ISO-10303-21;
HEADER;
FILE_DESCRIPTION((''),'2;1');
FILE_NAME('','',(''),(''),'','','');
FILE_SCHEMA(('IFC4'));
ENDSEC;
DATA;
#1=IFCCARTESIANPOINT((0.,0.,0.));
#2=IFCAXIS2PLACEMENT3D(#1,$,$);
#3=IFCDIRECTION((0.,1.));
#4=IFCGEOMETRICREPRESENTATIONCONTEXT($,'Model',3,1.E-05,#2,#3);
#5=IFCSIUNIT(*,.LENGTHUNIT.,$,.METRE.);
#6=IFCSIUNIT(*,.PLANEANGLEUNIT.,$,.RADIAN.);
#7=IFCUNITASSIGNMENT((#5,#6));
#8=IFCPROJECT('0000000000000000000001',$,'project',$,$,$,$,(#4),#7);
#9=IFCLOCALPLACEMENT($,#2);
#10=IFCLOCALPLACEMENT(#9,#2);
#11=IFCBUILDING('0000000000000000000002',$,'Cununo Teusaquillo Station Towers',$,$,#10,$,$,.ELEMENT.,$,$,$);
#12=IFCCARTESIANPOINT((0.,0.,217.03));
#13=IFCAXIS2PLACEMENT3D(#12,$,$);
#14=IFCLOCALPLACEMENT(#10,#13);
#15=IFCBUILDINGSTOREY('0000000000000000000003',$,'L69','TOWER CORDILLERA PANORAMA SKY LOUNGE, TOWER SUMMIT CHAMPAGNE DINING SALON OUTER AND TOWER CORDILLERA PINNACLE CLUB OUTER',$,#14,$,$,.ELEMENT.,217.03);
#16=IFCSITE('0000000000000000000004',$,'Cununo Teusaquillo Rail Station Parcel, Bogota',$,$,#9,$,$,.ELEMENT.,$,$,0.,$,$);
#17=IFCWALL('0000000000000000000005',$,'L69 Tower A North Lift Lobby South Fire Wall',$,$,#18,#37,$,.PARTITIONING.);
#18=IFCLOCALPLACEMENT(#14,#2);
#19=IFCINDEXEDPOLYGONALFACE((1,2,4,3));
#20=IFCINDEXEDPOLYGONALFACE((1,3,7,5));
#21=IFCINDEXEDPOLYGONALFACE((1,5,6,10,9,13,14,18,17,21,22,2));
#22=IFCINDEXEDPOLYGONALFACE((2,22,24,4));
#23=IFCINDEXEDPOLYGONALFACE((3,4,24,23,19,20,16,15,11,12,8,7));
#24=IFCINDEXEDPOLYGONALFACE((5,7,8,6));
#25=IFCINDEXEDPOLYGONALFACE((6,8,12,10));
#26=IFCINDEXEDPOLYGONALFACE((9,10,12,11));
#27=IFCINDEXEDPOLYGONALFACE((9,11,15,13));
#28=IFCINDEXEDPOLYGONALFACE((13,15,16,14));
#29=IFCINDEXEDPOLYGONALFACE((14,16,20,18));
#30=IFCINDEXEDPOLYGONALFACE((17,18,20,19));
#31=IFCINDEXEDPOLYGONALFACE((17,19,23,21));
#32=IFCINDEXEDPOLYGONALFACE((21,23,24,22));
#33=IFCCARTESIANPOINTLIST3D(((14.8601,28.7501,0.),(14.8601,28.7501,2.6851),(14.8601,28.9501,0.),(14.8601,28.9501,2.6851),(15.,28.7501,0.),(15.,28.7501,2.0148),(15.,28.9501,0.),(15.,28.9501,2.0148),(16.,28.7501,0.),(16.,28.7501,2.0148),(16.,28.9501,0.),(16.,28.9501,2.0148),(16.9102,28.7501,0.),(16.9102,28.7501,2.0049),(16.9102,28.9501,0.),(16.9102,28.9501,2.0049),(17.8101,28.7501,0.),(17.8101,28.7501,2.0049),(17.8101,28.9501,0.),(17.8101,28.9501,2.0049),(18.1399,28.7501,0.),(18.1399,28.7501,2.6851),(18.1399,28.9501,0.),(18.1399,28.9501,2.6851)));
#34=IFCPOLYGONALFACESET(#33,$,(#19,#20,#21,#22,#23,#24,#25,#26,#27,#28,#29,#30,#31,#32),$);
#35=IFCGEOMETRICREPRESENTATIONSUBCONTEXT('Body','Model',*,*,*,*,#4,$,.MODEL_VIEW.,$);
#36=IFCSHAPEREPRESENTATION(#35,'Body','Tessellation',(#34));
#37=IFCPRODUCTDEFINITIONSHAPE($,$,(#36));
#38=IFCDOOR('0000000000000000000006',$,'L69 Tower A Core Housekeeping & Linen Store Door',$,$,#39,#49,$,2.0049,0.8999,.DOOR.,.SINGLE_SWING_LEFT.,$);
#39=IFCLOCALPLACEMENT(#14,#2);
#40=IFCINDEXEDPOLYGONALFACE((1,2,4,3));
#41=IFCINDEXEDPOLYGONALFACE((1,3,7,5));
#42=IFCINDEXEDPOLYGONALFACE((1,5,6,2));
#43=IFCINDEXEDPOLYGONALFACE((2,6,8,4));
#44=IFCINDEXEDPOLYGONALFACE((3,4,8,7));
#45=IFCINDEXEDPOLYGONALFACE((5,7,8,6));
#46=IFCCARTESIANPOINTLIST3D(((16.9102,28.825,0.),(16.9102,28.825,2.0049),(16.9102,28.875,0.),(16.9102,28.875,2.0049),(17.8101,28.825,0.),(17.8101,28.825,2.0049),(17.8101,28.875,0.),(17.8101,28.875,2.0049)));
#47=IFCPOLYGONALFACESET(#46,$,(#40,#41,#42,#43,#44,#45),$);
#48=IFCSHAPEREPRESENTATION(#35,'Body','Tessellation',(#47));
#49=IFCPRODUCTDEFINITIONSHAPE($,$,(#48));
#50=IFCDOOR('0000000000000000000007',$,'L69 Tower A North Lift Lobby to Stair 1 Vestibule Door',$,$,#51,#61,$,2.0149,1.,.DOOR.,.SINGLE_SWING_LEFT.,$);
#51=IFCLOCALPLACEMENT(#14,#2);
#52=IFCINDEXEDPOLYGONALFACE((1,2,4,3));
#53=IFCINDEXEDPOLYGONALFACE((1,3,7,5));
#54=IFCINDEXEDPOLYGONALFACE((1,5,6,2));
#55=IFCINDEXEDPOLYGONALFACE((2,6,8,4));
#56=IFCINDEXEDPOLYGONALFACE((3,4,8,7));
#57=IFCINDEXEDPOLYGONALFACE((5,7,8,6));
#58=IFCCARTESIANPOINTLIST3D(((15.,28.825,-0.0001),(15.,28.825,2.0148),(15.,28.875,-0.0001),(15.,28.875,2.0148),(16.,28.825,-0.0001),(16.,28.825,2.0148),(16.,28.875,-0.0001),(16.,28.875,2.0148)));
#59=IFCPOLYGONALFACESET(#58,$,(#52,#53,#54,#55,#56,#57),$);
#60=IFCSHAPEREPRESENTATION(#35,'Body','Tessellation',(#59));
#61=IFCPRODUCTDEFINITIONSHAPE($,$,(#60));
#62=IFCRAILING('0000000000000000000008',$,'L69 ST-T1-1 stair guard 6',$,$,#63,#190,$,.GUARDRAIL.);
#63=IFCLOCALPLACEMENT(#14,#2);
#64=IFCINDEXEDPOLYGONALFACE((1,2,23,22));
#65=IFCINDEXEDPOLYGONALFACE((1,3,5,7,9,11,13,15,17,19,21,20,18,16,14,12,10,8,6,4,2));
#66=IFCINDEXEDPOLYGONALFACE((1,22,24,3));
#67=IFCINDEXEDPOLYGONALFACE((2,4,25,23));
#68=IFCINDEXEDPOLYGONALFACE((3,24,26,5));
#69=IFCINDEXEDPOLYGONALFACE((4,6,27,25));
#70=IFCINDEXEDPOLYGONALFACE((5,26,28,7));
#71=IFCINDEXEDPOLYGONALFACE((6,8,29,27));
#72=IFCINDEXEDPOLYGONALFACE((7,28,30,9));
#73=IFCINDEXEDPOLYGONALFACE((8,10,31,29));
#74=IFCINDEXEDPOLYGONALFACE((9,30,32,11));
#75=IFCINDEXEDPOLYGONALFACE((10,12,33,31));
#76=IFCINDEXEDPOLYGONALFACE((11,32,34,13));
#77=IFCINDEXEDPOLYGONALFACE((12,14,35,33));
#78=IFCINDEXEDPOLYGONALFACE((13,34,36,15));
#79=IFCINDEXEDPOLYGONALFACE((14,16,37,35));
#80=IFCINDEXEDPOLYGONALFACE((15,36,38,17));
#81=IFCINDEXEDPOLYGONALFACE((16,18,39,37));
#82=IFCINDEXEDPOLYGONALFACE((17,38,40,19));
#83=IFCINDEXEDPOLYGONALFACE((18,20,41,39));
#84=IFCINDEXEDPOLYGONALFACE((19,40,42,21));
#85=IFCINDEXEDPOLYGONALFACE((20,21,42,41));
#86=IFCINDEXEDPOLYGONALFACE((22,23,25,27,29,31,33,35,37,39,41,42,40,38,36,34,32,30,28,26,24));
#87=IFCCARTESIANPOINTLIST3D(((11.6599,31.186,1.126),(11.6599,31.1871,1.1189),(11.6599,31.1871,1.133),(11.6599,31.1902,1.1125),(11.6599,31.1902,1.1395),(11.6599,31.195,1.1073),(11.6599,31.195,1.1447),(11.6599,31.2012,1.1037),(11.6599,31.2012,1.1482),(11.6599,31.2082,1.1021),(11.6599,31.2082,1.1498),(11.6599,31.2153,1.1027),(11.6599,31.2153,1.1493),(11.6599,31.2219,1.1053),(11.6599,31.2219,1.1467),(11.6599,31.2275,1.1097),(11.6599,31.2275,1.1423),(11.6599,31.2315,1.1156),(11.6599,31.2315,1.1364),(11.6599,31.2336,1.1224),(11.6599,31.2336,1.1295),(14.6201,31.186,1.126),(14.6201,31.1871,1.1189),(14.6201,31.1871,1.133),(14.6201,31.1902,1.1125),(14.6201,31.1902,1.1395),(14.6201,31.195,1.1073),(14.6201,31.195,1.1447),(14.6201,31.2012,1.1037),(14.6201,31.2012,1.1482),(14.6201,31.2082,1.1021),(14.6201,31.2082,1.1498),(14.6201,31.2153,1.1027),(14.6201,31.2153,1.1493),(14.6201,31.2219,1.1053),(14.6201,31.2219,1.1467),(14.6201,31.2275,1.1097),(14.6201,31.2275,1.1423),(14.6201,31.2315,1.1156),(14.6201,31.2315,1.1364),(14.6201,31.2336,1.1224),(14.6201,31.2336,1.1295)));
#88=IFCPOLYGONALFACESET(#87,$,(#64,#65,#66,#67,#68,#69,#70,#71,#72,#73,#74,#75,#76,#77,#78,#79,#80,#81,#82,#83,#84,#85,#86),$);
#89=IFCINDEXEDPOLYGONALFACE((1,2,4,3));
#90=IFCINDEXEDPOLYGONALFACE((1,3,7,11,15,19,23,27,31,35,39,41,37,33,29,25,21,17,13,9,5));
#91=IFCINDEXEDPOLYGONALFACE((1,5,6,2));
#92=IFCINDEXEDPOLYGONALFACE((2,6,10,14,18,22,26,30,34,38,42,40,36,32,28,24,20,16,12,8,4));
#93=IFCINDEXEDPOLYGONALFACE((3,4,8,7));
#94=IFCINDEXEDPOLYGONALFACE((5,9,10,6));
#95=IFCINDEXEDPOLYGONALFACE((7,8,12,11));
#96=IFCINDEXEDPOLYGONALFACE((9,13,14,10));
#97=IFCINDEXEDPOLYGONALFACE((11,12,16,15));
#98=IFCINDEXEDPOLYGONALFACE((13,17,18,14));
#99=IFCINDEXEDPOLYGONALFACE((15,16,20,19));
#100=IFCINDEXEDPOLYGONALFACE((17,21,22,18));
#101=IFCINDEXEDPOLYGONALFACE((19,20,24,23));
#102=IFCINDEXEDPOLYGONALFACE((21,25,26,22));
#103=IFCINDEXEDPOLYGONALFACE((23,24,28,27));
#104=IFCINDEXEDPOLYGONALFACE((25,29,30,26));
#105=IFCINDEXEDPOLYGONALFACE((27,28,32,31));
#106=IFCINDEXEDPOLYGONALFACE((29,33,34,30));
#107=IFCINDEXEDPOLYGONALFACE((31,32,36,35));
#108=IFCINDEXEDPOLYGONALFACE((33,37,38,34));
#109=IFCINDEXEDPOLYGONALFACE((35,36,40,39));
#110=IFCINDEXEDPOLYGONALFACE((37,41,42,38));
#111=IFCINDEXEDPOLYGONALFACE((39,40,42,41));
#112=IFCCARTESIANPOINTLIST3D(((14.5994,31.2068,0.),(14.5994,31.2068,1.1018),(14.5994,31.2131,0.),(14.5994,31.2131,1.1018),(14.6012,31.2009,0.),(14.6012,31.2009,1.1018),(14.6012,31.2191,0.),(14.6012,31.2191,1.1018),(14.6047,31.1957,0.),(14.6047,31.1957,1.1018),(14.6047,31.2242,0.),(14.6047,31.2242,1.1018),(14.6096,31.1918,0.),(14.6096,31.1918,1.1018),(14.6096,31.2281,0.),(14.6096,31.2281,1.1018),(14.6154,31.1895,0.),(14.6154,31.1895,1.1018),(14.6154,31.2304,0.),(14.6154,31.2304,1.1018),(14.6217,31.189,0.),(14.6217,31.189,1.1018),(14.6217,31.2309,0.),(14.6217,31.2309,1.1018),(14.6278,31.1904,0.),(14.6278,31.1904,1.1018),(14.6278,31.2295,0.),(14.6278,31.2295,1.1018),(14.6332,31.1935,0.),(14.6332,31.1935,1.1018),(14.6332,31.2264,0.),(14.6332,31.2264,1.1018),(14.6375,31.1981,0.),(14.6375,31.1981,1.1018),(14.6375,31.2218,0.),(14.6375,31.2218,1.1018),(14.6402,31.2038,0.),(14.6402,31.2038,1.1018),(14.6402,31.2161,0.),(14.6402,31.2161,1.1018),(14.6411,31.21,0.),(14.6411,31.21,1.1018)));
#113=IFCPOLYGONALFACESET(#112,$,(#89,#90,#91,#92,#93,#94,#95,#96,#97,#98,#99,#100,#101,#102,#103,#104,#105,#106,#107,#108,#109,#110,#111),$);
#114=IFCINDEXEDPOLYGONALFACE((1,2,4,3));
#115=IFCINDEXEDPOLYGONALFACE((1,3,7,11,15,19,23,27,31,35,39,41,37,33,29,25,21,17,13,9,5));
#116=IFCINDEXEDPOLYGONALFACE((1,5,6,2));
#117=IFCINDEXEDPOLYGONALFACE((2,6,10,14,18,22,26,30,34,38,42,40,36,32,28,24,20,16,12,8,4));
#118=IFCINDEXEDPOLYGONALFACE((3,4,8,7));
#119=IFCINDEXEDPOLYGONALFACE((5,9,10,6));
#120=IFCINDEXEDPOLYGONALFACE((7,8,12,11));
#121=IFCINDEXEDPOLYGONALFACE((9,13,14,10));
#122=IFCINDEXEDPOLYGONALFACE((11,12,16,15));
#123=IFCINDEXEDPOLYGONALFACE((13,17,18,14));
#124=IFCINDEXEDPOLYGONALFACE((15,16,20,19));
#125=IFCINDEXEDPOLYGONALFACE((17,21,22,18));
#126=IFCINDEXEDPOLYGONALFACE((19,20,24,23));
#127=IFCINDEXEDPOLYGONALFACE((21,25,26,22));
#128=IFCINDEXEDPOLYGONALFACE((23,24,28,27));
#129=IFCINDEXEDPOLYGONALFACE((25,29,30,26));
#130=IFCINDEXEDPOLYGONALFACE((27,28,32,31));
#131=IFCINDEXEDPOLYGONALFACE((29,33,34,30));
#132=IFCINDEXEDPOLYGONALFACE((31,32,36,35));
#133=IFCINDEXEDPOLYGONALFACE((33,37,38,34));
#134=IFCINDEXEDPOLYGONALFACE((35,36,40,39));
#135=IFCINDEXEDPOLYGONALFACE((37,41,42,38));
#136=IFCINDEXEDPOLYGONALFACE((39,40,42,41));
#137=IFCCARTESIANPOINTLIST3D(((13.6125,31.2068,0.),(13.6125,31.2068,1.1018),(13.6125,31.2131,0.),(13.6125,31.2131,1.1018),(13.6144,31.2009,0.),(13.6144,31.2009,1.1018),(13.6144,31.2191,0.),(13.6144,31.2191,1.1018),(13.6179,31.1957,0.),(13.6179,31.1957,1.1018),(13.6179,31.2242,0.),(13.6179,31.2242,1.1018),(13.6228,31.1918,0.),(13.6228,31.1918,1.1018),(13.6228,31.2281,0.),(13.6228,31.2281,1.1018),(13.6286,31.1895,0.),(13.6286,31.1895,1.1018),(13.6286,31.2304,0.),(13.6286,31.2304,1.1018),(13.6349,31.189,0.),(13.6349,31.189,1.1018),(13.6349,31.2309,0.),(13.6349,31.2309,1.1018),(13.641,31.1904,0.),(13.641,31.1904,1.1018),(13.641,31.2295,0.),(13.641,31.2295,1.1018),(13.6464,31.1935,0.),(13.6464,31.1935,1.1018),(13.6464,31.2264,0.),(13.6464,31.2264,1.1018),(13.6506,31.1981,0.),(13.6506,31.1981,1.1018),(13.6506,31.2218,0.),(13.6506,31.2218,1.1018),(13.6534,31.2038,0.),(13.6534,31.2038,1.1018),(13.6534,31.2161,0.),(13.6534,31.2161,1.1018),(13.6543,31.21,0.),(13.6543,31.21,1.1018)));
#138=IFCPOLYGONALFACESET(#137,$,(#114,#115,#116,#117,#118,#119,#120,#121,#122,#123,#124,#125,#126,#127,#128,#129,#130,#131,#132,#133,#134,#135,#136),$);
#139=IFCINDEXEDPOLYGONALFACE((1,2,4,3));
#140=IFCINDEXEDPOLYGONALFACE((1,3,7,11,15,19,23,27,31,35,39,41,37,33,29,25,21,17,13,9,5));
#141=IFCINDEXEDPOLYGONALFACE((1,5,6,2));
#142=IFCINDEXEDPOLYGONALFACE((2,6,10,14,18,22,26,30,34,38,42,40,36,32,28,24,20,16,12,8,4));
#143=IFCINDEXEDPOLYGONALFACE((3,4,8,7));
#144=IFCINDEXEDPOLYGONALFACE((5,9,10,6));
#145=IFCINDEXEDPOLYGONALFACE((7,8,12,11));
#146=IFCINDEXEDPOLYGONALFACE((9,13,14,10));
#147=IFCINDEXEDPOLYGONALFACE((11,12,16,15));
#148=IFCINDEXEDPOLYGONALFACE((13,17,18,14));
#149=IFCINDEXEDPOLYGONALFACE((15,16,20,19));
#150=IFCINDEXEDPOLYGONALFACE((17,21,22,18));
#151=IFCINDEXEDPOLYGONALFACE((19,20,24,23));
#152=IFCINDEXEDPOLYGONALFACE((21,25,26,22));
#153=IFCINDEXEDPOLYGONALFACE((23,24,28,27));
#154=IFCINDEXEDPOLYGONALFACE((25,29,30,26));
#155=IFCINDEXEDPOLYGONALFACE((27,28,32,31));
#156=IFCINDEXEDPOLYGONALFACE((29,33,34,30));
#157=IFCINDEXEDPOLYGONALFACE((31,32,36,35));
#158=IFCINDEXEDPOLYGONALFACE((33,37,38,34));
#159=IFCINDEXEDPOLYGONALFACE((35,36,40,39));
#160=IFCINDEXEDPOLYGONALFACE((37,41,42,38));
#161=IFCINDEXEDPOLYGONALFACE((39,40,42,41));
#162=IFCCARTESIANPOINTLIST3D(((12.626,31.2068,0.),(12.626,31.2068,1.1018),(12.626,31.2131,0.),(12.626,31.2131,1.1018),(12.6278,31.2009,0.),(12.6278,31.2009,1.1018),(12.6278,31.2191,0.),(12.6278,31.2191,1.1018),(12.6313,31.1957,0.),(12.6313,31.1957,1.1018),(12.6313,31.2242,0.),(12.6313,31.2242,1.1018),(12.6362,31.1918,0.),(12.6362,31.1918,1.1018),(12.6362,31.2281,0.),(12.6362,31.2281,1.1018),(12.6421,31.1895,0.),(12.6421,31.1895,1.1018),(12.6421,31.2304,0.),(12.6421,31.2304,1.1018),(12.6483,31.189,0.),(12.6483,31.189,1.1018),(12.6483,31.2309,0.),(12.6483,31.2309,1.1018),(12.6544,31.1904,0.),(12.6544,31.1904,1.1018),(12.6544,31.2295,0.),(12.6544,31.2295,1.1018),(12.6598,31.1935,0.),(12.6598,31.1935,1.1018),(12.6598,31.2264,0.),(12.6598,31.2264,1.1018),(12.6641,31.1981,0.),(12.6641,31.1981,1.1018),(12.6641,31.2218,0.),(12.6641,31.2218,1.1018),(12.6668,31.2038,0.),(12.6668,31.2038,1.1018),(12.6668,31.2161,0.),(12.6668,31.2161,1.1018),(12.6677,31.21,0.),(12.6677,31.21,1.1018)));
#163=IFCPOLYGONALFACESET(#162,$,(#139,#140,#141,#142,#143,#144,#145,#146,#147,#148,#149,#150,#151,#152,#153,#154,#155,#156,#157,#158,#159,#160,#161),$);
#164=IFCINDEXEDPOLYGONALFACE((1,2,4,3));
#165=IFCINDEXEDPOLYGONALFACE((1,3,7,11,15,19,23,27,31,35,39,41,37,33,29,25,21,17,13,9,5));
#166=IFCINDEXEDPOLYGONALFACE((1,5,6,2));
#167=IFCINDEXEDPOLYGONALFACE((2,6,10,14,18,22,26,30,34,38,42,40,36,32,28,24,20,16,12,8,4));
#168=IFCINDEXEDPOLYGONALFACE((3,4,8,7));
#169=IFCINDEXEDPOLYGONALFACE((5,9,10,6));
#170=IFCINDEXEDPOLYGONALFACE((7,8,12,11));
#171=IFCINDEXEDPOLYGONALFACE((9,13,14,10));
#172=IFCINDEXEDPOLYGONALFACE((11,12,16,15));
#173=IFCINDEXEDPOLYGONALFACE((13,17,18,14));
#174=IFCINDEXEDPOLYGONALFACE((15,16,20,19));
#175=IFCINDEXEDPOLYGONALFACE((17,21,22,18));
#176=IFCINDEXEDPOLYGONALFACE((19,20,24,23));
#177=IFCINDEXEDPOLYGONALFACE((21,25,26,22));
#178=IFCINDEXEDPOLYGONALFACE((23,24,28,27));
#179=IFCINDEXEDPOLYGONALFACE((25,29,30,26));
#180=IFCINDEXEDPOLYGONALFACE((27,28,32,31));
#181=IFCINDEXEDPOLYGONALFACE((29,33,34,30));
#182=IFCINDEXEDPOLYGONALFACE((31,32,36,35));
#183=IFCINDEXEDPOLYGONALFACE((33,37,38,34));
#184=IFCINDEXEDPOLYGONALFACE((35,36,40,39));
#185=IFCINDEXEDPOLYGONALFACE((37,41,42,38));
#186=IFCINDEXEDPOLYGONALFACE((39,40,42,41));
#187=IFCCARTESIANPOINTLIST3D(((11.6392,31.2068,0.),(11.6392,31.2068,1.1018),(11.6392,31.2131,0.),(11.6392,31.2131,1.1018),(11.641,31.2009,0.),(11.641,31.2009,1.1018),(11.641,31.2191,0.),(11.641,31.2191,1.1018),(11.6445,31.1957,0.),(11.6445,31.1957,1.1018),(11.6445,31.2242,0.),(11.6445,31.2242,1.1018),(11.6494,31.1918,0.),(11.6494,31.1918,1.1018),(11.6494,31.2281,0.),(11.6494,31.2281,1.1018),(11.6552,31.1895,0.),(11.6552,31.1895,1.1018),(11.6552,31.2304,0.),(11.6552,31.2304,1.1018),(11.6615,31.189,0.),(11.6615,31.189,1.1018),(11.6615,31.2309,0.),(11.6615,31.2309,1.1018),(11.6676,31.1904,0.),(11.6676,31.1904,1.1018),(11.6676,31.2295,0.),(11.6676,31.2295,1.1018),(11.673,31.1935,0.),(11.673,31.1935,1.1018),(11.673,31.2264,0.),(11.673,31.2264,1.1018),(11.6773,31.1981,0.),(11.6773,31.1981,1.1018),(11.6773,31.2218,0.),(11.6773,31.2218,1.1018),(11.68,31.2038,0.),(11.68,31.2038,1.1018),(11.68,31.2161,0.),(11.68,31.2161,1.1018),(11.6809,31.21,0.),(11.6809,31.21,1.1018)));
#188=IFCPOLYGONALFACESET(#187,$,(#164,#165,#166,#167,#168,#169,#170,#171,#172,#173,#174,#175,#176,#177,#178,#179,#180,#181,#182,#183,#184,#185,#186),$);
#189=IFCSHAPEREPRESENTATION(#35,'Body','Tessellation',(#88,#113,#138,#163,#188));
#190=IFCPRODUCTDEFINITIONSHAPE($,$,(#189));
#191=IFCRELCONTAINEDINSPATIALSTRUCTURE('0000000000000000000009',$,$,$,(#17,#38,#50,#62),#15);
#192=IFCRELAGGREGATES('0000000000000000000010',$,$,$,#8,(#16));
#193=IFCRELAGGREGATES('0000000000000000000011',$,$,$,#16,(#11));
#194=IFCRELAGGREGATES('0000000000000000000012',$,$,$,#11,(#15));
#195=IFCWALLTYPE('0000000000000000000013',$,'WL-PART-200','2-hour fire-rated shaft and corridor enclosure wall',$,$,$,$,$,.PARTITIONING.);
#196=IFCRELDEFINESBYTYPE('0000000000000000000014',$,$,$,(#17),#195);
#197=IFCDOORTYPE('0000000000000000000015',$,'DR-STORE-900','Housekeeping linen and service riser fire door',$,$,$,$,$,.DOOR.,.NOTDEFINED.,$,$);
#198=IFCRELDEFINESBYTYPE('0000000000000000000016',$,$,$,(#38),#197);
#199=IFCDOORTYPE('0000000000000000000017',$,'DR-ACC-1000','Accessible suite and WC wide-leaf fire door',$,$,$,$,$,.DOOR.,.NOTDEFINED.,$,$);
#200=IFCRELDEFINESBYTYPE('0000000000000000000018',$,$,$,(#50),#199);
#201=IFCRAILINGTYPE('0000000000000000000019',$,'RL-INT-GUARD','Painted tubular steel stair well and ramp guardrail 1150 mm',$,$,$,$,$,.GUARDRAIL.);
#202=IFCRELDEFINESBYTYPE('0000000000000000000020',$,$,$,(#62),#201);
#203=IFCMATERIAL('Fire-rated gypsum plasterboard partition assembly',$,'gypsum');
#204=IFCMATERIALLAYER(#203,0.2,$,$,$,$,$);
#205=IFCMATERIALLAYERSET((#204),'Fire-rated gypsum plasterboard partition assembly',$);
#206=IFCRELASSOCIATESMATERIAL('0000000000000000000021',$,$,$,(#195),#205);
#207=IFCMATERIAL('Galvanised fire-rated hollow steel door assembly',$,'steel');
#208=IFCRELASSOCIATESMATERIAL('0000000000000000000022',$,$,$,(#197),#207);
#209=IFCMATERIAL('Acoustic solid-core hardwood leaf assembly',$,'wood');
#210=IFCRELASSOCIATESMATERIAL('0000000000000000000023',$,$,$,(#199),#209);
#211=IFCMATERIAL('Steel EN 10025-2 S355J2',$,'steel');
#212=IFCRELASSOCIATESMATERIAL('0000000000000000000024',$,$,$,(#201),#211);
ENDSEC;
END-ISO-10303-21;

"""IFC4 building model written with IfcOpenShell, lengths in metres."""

from ifc_helpers import new_model, si_unit, direction, frame, frame_2d, origin, origin_2d, place, context, subcontext, project, spatial, rectangle, circle, extrude, source, transform, mapped, material, layer, layer_set, type_object, element, fill, save


model = new_model("IFC4")

# Units and contexts
model_context = context("Model", 3, precision=1e-05, world=origin(), true_north=direction((0.0, 1.0)))
body_context = subcontext(model_context, "Body", "Model", "MODEL_VIEW")
ifc_project = project(units=[si_unit("LENGTHUNIT", "METRE"), si_unit("PLANEANGLEUNIT", "RADIAN")], contexts=[model_context])

# Site, building, storey
site_placement = place(None, origin())
site = spatial("IfcSite", under=ifc_project, at=site_placement, Name="Cununo Teusaquillo Rail Station Parcel, Bogota", CompositionType="ELEMENT", RefElevation=0.0)
building_placement = place(site_placement, origin())
building = spatial("IfcBuilding", under=site, at=building_placement, Name="Cununo Teusaquillo Station Towers", CompositionType="ELEMENT")
storey_placement = place(building_placement, frame((0.0, 0.0, 217.03)))
storey = spatial("IfcBuildingStorey", under=building, at=storey_placement, Name="L69", Description="TOWER CORDILLERA PANORAMA SKY LOUNGE, TOWER SUMMIT CHAMPAGNE DINING SALON OUTER AND TOWER CORDILLERA PINNACLE CLUB OUTER", CompositionType="ELEMENT", Elevation=217.03)

# Shared definitions
shared_shape_1 = source(origin(), body_context, "Body", "SweptSolid", [
    extrude(rectangle(XDim=0.8999, YDim=2.0049, at=frame_2d((0.45, 1.0024))), frame((0.0, 0.0249, 0.0), z_axis=(0.0, -1.0, 0.0), x_axis=(1.0, 0.0, 0.0)), (0.0, 0.0, 1.0), 0.05),
])
ifc_material_1 = material(Name="Fire-rated gypsum plasterboard partition assembly", Category="gypsum")
ifc_layer_1 = layer(ifc_material_1, 0.2)
ifc_layer_set_1 = layer_set([ifc_layer_1], Name="Fire-rated gypsum plasterboard partition assembly")
wall_type_1 = type_object("IfcWallType", Name="WL-PART-200", Description="2-hour fire-rated shaft and corridor enclosure wall", PredefinedType="PARTITIONING", material=ifc_layer_set_1)
shared_shape_2 = source(origin(), body_context, "Body", "SweptSolid", [
    extrude(rectangle(XDim=0.8999, YDim=2.0049, at=frame_2d((0.45, 1.0024))), frame((0.0, 0.1099, 0.0), z_axis=(0.0, -1.0, 0.0), x_axis=(1.0, 0.0, 0.0)), (0.0, 0.0, 1.0), 0.22),
])
ifc_material_2 = material(Name="Galvanised fire-rated hollow steel door assembly", Category="steel")
door_type_1 = type_object("IfcDoorType", Name="DR-STORE-900", Description="Housekeeping linen and service riser fire door", OperationType="NOTDEFINED", PredefinedType="DOOR", material=ifc_material_2)

# Wall, openings, doors
wall_1_placement = place(storey_placement, frame((14.8601, 28.8501, 0.0), z_axis=(0.0, 0.0, 1.0), x_axis=(1.0, 0.0, 0.0)))
wall_1 = element("IfcWall", 1, at=wall_1_placement, inside=storey, type_object=wall_type_1, Name="L69 Tower A North Lift Lobby South Fire Wall", PredefinedType="PARTITIONING", context=body_context, shape_type="SweptSolid", body=[
    extrude(rectangle(XDim=3.2798, YDim=0.2, at=frame_2d((1.6399, 0.0))), origin(), (0.0, 0.0, 1.0), 2.6851),
])
shared_shape_3 = source(origin(), body_context, "Body", "SweptSolid", [
    extrude(rectangle(XDim=1.0, YDim=2.0149, at=frame_2d((0.5, 1.0073))), frame((0.0, 0.1099, 0.0), z_axis=(0.0, -1.0, 0.0), x_axis=(1.0, 0.0, 0.0)), (0.0, 0.0, 1.0), 0.22),
])
opening_1_placement = place(wall_1_placement, frame((0.1399, 0.0, 0.0)))
opening_1 = element("IfcOpeningElement", 2, at=opening_1_placement, cuts=wall_1, PredefinedType="OPENING", context=body_context, shape_type="MappedRepresentation", body=[
    mapped(shared_shape_3, transform((0.0, 0.0, 0.0), x_axis=(1.0, 0.0, 0.0), y_axis=(0.0, 1.0, 0.0), z_axis=(0.0, 0.0, 1.0), scale=1.0)),
])
opening_2_placement = place(wall_1_placement, frame((2.05, 0.0, 0.0)))
opening_2 = element("IfcOpeningElement", 3, at=opening_2_placement, cuts=wall_1, PredefinedType="OPENING", context=body_context, shape_type="MappedRepresentation", body=[
    mapped(shared_shape_2, transform((0.0, 0.0, 0.0), x_axis=(1.0, 0.0, 0.0), y_axis=(0.0, 1.0, 0.0), z_axis=(0.0, 0.0, 1.0), scale=1.0)),
])
door_1_placement = place(opening_2_placement, origin())
door_1 = element("IfcDoor", 4, at=door_1_placement, inside=storey, type_object=door_type_1, Name="L69 Tower A Core Housekeeping & Linen Store Door", OperationType="SINGLE_SWING_LEFT", OverallHeight=2.0049, OverallWidth=0.8999, PredefinedType="DOOR", context=body_context, shape_type="MappedRepresentation", body=[
    mapped(shared_shape_1, transform((0.0, 0.0, 0.0), x_axis=(1.0, 0.0, 0.0), y_axis=(0.0, 1.0, 0.0), z_axis=(0.0, 0.0, 1.0), scale=1.0)),
])
fill(opening_2, door_1)
ifc_material_3 = material(Name="Acoustic solid-core hardwood leaf assembly", Category="wood")
door_type_2 = type_object("IfcDoorType", Name="DR-ACC-1000", Description="Accessible suite and WC wide-leaf fire door", OperationType="NOTDEFINED", PredefinedType="DOOR", material=ifc_material_3)
shared_shape_4 = source(origin(), body_context, "Body", "SweptSolid", [
    extrude(rectangle(XDim=1.0, YDim=2.0149, at=frame_2d((0.5, 1.0073))), frame((0.0, 0.0249, 0.0), z_axis=(0.0, -1.0, 0.0), x_axis=(1.0, 0.0, 0.0)), (0.0, 0.0, 1.0), 0.05),
])
door_2_placement = place(opening_1_placement, origin())
door_2 = element("IfcDoor", 5, at=door_2_placement, inside=storey, type_object=door_type_2, Name="L69 Tower A North Lift Lobby to Stair 1 Vestibule Door", OperationType="SINGLE_SWING_LEFT", OverallHeight=2.0149, OverallWidth=1.0, PredefinedType="DOOR", context=body_context, shape_type="MappedRepresentation", body=[
    mapped(shared_shape_4, transform((0.0, 0.0, 0.0), x_axis=(1.0, 0.0, 0.0), y_axis=(0.0, 1.0, 0.0), z_axis=(0.0, 0.0, 1.0), scale=1.0)),
])
fill(opening_1, door_2)

# Railing
ifc_material_4 = material(Name="Steel EN 10025-2 S355J2", Category="steel")
railing_type = type_object("IfcRailingType", Name="RL-INT-GUARD", Description="Painted tubular steel stair well and ramp guardrail 1150 mm", PredefinedType="GUARDRAIL", material=ifc_material_4)
railing_placement = place(storey_placement, frame((14.6201, 31.21, 0.0)))
element("IfcRailing", 6, at=railing_placement, inside=storey, type_object=railing_type, Name="L69 ST-T1-1 stair guard 6", PredefinedType="GUARDRAIL", context=body_context, shape_type="SweptSolid", body=[
    extrude(circle(Radius=0.0239, at=origin_2d()), frame((0.0, 0.0, 1.126), z_axis=(-1.0, 0.0, 0.0), x_axis=(0.0, -1.0, 0.0)), (0.0, 0.0, 1.0), 2.9602),
    extrude(circle(Radius=0.021, at=origin_2d()), origin(), (0.0, 0.0, 1.0), 1.1018),
    extrude(circle(Radius=0.021, at=origin_2d()), frame((-0.9868, 0.0, 0.0)), (0.0, 0.0, 1.0), 1.1018),
    extrude(circle(Radius=0.021, at=origin_2d()), frame((-1.9734, 0.0, 0.0)), (0.0, 0.0, 1.0), 1.1018),
    extrude(circle(Radius=0.021, at=origin_2d()), frame((-2.9602, 0.0, 0.0)), (0.0, 0.0, 1.0), 1.1018),
])

save(model, "model.ifc")
